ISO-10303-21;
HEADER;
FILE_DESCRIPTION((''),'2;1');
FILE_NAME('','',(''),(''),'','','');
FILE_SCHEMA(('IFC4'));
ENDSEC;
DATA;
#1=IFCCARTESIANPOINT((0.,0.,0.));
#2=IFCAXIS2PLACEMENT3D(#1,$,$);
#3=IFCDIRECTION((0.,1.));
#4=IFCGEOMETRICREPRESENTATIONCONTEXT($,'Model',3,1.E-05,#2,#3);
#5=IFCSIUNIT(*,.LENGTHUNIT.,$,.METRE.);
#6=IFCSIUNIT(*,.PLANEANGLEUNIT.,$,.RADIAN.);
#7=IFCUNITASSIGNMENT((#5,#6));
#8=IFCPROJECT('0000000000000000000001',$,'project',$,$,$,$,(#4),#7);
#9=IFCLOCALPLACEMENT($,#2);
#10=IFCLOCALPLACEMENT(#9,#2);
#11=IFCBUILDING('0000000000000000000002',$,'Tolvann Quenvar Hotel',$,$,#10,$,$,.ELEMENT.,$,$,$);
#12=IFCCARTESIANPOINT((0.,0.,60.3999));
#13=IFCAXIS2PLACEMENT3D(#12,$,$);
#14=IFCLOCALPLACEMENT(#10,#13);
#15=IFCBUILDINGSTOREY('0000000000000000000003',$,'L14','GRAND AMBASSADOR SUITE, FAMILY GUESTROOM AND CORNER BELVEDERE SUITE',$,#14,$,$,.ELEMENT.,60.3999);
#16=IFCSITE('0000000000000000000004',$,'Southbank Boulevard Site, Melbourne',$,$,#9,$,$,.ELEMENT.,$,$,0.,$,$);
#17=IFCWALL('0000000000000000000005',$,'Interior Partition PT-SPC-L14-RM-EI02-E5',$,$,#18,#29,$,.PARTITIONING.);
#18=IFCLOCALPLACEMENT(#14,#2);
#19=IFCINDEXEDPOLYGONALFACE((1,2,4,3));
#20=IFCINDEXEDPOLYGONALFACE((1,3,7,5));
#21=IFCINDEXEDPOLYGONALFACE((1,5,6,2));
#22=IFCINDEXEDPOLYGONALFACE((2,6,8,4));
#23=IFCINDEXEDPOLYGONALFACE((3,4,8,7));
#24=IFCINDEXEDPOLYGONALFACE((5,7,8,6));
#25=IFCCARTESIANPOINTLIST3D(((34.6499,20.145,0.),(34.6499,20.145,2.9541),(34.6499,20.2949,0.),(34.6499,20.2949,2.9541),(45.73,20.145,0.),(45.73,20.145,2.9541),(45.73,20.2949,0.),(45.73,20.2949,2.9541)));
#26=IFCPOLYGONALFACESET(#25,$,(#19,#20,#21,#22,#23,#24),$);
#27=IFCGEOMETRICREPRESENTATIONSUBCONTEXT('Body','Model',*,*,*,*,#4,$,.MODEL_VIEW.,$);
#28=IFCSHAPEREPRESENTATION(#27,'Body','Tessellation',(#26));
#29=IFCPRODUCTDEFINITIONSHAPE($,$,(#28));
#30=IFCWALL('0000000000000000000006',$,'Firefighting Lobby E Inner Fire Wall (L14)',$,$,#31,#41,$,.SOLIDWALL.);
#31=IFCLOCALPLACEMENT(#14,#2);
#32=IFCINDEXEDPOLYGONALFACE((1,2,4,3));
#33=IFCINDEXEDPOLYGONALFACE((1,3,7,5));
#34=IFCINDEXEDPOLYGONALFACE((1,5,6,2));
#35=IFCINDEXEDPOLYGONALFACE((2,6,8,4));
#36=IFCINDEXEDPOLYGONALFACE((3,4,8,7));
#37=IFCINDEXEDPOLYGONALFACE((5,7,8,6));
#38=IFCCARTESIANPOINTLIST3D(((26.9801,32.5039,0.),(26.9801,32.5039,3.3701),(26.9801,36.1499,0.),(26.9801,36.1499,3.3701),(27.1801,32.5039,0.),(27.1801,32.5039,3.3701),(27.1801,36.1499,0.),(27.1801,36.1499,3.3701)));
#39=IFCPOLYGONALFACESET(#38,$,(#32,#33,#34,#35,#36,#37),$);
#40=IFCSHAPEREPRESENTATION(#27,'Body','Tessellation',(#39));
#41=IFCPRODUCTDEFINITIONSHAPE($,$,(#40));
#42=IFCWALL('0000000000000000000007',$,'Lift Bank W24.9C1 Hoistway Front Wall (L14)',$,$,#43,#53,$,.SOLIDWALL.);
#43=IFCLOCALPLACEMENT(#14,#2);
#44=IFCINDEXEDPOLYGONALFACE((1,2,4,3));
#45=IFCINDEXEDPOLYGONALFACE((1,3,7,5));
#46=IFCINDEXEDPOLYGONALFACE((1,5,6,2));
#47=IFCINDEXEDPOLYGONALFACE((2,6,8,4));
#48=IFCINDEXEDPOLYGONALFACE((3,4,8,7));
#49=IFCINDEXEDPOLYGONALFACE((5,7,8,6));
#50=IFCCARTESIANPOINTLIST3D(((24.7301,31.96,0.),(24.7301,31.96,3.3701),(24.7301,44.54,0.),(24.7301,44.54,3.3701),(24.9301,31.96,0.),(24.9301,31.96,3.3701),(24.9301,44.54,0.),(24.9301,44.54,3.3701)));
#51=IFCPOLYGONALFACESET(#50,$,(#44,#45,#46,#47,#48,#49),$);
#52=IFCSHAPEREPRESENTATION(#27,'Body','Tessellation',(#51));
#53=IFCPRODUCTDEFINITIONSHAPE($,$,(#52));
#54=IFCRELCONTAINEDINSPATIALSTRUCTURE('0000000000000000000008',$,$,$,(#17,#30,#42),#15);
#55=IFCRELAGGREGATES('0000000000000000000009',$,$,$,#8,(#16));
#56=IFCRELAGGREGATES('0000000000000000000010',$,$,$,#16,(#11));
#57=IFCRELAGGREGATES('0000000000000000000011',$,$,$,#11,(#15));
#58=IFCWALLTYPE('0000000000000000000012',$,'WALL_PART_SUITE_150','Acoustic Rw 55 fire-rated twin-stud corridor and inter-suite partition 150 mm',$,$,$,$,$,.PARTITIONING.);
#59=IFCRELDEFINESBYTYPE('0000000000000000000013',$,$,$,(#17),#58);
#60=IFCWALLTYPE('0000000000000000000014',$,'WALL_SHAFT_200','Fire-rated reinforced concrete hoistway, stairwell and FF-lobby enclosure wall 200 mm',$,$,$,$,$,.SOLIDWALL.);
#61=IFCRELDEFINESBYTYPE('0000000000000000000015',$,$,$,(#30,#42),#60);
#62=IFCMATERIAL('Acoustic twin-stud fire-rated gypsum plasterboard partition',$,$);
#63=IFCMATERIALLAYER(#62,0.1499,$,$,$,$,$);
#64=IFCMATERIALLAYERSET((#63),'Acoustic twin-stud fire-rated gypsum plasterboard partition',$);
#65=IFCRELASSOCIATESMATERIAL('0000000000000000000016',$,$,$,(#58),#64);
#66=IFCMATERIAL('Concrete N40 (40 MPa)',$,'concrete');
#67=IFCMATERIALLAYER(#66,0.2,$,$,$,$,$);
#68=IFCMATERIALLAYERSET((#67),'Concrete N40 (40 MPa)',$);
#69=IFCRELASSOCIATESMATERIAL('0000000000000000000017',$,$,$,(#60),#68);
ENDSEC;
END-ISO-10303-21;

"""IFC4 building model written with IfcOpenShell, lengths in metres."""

from ifc_helpers import new_model, si_unit, direction, frame, frame_2d, origin, place, context, subcontext, project, spatial, rectangle, extrude, material, layer, layer_set, type_object, element, save


model = new_model("IFC4")

# Units and contexts
model_context = context("Model", 3, precision=1e-05, world=origin(), true_north=direction((0.0, 1.0)))
body_context = subcontext(model_context, "Body", "Model", "MODEL_VIEW")
ifc_project = project(units=[si_unit("LENGTHUNIT", "METRE"), si_unit("PLANEANGLEUNIT", "RADIAN")], contexts=[model_context])

# Site, building, storey
site_placement = place(None, origin())
site = spatial("IfcSite", under=ifc_project, at=site_placement, Name="Southbank Boulevard Site, Melbourne", CompositionType="ELEMENT", RefElevation=0.0)
building_placement = place(site_placement, origin())
building = spatial("IfcBuilding", under=site, at=building_placement, Name="Tolvann Quenvar Hotel", CompositionType="ELEMENT")
storey_placement = place(building_placement, frame((0.0, 0.0, 60.3999)))
storey = spatial("IfcBuildingStorey", under=building, at=storey_placement, Name="L14", Description="GRAND AMBASSADOR SUITE, FAMILY GUESTROOM AND CORNER BELVEDERE SUITE", CompositionType="ELEMENT", Elevation=60.3999)

# Shared definitions
ifc_material_1 = material(Name="Acoustic twin-stud fire-rated gypsum plasterboard partition")

# Walls
ifc_layer_1 = layer(ifc_material_1, 0.1499)
ifc_layer_set_1 = layer_set([ifc_layer_1], Name="Acoustic twin-stud fire-rated gypsum plasterboard partition")
wall_type_1 = type_object("IfcWallType", Name="WALL_PART_SUITE_150", Description="Acoustic Rw 55 fire-rated twin-stud corridor and inter-suite partition 150 mm", PredefinedType="PARTITIONING", material=ifc_layer_set_1)
wall_1_placement = place(storey_placement, frame((34.6499, 20.22, 0.0), z_axis=(0.0, 0.0, 1.0), x_axis=(1.0, 0.0, 0.0)))
element("IfcWall", 1, at=wall_1_placement, inside=storey, type_object=wall_type_1, Name="Interior Partition PT-SPC-L14-RM-EI02-E5", PredefinedType="PARTITIONING", context=body_context, shape_type="SweptSolid", body=[
    extrude(rectangle(XDim=11.0801, YDim=0.1499, at=frame_2d((5.54, 0.0))), origin(), (0.0, 0.0, 1.0), 2.9541),
])
ifc_material_2 = material(Name="Concrete N40 (40 MPa)", Category="concrete")
ifc_layer_2 = layer(ifc_material_2, 0.2)
ifc_layer_set_2 = layer_set([ifc_layer_2], Name="Concrete N40 (40 MPa)")
wall_type_2 = type_object("IfcWallType", Name="WALL_SHAFT_200", Description="Fire-rated reinforced concrete hoistway, stairwell and FF-lobby enclosure wall 200 mm", PredefinedType="SOLIDWALL", material=ifc_layer_set_2)
wall_2_placement = place(storey_placement, frame((27.0801, 32.5039, 0.0), z_axis=(0.0, 0.0, 1.0), x_axis=(0.0, 1.0, 0.0)))
element("IfcWall", 2, at=wall_2_placement, inside=storey, type_object=wall_type_2, Name="Firefighting Lobby E Inner Fire Wall (L14)", PredefinedType="SOLIDWALL", context=body_context, shape_type="SweptSolid", body=[
    extrude(rectangle(XDim=3.646, YDim=0.2, at=frame_2d((1.823, 0.0))), origin(), (0.0, 0.0, 1.0), 3.3701),
])
wall_3_placement = place(storey_placement, frame((24.8301, 31.96, 0.0), z_axis=(0.0, 0.0, 1.0), x_axis=(0.0, 1.0, 0.0)))
element("IfcWall", 3, at=wall_3_placement, inside=storey, type_object=wall_type_2, Name="Lift Bank W24.9C1 Hoistway Front Wall (L14)", PredefinedType="SOLIDWALL", context=body_context, shape_type="SweptSolid", body=[
    extrude(rectangle(XDim=12.5801, YDim=0.2, at=frame_2d((6.29, 0.0))), origin(), (0.0, 0.0, 1.0), 3.3701),
])

save(model, "model.ifc")
